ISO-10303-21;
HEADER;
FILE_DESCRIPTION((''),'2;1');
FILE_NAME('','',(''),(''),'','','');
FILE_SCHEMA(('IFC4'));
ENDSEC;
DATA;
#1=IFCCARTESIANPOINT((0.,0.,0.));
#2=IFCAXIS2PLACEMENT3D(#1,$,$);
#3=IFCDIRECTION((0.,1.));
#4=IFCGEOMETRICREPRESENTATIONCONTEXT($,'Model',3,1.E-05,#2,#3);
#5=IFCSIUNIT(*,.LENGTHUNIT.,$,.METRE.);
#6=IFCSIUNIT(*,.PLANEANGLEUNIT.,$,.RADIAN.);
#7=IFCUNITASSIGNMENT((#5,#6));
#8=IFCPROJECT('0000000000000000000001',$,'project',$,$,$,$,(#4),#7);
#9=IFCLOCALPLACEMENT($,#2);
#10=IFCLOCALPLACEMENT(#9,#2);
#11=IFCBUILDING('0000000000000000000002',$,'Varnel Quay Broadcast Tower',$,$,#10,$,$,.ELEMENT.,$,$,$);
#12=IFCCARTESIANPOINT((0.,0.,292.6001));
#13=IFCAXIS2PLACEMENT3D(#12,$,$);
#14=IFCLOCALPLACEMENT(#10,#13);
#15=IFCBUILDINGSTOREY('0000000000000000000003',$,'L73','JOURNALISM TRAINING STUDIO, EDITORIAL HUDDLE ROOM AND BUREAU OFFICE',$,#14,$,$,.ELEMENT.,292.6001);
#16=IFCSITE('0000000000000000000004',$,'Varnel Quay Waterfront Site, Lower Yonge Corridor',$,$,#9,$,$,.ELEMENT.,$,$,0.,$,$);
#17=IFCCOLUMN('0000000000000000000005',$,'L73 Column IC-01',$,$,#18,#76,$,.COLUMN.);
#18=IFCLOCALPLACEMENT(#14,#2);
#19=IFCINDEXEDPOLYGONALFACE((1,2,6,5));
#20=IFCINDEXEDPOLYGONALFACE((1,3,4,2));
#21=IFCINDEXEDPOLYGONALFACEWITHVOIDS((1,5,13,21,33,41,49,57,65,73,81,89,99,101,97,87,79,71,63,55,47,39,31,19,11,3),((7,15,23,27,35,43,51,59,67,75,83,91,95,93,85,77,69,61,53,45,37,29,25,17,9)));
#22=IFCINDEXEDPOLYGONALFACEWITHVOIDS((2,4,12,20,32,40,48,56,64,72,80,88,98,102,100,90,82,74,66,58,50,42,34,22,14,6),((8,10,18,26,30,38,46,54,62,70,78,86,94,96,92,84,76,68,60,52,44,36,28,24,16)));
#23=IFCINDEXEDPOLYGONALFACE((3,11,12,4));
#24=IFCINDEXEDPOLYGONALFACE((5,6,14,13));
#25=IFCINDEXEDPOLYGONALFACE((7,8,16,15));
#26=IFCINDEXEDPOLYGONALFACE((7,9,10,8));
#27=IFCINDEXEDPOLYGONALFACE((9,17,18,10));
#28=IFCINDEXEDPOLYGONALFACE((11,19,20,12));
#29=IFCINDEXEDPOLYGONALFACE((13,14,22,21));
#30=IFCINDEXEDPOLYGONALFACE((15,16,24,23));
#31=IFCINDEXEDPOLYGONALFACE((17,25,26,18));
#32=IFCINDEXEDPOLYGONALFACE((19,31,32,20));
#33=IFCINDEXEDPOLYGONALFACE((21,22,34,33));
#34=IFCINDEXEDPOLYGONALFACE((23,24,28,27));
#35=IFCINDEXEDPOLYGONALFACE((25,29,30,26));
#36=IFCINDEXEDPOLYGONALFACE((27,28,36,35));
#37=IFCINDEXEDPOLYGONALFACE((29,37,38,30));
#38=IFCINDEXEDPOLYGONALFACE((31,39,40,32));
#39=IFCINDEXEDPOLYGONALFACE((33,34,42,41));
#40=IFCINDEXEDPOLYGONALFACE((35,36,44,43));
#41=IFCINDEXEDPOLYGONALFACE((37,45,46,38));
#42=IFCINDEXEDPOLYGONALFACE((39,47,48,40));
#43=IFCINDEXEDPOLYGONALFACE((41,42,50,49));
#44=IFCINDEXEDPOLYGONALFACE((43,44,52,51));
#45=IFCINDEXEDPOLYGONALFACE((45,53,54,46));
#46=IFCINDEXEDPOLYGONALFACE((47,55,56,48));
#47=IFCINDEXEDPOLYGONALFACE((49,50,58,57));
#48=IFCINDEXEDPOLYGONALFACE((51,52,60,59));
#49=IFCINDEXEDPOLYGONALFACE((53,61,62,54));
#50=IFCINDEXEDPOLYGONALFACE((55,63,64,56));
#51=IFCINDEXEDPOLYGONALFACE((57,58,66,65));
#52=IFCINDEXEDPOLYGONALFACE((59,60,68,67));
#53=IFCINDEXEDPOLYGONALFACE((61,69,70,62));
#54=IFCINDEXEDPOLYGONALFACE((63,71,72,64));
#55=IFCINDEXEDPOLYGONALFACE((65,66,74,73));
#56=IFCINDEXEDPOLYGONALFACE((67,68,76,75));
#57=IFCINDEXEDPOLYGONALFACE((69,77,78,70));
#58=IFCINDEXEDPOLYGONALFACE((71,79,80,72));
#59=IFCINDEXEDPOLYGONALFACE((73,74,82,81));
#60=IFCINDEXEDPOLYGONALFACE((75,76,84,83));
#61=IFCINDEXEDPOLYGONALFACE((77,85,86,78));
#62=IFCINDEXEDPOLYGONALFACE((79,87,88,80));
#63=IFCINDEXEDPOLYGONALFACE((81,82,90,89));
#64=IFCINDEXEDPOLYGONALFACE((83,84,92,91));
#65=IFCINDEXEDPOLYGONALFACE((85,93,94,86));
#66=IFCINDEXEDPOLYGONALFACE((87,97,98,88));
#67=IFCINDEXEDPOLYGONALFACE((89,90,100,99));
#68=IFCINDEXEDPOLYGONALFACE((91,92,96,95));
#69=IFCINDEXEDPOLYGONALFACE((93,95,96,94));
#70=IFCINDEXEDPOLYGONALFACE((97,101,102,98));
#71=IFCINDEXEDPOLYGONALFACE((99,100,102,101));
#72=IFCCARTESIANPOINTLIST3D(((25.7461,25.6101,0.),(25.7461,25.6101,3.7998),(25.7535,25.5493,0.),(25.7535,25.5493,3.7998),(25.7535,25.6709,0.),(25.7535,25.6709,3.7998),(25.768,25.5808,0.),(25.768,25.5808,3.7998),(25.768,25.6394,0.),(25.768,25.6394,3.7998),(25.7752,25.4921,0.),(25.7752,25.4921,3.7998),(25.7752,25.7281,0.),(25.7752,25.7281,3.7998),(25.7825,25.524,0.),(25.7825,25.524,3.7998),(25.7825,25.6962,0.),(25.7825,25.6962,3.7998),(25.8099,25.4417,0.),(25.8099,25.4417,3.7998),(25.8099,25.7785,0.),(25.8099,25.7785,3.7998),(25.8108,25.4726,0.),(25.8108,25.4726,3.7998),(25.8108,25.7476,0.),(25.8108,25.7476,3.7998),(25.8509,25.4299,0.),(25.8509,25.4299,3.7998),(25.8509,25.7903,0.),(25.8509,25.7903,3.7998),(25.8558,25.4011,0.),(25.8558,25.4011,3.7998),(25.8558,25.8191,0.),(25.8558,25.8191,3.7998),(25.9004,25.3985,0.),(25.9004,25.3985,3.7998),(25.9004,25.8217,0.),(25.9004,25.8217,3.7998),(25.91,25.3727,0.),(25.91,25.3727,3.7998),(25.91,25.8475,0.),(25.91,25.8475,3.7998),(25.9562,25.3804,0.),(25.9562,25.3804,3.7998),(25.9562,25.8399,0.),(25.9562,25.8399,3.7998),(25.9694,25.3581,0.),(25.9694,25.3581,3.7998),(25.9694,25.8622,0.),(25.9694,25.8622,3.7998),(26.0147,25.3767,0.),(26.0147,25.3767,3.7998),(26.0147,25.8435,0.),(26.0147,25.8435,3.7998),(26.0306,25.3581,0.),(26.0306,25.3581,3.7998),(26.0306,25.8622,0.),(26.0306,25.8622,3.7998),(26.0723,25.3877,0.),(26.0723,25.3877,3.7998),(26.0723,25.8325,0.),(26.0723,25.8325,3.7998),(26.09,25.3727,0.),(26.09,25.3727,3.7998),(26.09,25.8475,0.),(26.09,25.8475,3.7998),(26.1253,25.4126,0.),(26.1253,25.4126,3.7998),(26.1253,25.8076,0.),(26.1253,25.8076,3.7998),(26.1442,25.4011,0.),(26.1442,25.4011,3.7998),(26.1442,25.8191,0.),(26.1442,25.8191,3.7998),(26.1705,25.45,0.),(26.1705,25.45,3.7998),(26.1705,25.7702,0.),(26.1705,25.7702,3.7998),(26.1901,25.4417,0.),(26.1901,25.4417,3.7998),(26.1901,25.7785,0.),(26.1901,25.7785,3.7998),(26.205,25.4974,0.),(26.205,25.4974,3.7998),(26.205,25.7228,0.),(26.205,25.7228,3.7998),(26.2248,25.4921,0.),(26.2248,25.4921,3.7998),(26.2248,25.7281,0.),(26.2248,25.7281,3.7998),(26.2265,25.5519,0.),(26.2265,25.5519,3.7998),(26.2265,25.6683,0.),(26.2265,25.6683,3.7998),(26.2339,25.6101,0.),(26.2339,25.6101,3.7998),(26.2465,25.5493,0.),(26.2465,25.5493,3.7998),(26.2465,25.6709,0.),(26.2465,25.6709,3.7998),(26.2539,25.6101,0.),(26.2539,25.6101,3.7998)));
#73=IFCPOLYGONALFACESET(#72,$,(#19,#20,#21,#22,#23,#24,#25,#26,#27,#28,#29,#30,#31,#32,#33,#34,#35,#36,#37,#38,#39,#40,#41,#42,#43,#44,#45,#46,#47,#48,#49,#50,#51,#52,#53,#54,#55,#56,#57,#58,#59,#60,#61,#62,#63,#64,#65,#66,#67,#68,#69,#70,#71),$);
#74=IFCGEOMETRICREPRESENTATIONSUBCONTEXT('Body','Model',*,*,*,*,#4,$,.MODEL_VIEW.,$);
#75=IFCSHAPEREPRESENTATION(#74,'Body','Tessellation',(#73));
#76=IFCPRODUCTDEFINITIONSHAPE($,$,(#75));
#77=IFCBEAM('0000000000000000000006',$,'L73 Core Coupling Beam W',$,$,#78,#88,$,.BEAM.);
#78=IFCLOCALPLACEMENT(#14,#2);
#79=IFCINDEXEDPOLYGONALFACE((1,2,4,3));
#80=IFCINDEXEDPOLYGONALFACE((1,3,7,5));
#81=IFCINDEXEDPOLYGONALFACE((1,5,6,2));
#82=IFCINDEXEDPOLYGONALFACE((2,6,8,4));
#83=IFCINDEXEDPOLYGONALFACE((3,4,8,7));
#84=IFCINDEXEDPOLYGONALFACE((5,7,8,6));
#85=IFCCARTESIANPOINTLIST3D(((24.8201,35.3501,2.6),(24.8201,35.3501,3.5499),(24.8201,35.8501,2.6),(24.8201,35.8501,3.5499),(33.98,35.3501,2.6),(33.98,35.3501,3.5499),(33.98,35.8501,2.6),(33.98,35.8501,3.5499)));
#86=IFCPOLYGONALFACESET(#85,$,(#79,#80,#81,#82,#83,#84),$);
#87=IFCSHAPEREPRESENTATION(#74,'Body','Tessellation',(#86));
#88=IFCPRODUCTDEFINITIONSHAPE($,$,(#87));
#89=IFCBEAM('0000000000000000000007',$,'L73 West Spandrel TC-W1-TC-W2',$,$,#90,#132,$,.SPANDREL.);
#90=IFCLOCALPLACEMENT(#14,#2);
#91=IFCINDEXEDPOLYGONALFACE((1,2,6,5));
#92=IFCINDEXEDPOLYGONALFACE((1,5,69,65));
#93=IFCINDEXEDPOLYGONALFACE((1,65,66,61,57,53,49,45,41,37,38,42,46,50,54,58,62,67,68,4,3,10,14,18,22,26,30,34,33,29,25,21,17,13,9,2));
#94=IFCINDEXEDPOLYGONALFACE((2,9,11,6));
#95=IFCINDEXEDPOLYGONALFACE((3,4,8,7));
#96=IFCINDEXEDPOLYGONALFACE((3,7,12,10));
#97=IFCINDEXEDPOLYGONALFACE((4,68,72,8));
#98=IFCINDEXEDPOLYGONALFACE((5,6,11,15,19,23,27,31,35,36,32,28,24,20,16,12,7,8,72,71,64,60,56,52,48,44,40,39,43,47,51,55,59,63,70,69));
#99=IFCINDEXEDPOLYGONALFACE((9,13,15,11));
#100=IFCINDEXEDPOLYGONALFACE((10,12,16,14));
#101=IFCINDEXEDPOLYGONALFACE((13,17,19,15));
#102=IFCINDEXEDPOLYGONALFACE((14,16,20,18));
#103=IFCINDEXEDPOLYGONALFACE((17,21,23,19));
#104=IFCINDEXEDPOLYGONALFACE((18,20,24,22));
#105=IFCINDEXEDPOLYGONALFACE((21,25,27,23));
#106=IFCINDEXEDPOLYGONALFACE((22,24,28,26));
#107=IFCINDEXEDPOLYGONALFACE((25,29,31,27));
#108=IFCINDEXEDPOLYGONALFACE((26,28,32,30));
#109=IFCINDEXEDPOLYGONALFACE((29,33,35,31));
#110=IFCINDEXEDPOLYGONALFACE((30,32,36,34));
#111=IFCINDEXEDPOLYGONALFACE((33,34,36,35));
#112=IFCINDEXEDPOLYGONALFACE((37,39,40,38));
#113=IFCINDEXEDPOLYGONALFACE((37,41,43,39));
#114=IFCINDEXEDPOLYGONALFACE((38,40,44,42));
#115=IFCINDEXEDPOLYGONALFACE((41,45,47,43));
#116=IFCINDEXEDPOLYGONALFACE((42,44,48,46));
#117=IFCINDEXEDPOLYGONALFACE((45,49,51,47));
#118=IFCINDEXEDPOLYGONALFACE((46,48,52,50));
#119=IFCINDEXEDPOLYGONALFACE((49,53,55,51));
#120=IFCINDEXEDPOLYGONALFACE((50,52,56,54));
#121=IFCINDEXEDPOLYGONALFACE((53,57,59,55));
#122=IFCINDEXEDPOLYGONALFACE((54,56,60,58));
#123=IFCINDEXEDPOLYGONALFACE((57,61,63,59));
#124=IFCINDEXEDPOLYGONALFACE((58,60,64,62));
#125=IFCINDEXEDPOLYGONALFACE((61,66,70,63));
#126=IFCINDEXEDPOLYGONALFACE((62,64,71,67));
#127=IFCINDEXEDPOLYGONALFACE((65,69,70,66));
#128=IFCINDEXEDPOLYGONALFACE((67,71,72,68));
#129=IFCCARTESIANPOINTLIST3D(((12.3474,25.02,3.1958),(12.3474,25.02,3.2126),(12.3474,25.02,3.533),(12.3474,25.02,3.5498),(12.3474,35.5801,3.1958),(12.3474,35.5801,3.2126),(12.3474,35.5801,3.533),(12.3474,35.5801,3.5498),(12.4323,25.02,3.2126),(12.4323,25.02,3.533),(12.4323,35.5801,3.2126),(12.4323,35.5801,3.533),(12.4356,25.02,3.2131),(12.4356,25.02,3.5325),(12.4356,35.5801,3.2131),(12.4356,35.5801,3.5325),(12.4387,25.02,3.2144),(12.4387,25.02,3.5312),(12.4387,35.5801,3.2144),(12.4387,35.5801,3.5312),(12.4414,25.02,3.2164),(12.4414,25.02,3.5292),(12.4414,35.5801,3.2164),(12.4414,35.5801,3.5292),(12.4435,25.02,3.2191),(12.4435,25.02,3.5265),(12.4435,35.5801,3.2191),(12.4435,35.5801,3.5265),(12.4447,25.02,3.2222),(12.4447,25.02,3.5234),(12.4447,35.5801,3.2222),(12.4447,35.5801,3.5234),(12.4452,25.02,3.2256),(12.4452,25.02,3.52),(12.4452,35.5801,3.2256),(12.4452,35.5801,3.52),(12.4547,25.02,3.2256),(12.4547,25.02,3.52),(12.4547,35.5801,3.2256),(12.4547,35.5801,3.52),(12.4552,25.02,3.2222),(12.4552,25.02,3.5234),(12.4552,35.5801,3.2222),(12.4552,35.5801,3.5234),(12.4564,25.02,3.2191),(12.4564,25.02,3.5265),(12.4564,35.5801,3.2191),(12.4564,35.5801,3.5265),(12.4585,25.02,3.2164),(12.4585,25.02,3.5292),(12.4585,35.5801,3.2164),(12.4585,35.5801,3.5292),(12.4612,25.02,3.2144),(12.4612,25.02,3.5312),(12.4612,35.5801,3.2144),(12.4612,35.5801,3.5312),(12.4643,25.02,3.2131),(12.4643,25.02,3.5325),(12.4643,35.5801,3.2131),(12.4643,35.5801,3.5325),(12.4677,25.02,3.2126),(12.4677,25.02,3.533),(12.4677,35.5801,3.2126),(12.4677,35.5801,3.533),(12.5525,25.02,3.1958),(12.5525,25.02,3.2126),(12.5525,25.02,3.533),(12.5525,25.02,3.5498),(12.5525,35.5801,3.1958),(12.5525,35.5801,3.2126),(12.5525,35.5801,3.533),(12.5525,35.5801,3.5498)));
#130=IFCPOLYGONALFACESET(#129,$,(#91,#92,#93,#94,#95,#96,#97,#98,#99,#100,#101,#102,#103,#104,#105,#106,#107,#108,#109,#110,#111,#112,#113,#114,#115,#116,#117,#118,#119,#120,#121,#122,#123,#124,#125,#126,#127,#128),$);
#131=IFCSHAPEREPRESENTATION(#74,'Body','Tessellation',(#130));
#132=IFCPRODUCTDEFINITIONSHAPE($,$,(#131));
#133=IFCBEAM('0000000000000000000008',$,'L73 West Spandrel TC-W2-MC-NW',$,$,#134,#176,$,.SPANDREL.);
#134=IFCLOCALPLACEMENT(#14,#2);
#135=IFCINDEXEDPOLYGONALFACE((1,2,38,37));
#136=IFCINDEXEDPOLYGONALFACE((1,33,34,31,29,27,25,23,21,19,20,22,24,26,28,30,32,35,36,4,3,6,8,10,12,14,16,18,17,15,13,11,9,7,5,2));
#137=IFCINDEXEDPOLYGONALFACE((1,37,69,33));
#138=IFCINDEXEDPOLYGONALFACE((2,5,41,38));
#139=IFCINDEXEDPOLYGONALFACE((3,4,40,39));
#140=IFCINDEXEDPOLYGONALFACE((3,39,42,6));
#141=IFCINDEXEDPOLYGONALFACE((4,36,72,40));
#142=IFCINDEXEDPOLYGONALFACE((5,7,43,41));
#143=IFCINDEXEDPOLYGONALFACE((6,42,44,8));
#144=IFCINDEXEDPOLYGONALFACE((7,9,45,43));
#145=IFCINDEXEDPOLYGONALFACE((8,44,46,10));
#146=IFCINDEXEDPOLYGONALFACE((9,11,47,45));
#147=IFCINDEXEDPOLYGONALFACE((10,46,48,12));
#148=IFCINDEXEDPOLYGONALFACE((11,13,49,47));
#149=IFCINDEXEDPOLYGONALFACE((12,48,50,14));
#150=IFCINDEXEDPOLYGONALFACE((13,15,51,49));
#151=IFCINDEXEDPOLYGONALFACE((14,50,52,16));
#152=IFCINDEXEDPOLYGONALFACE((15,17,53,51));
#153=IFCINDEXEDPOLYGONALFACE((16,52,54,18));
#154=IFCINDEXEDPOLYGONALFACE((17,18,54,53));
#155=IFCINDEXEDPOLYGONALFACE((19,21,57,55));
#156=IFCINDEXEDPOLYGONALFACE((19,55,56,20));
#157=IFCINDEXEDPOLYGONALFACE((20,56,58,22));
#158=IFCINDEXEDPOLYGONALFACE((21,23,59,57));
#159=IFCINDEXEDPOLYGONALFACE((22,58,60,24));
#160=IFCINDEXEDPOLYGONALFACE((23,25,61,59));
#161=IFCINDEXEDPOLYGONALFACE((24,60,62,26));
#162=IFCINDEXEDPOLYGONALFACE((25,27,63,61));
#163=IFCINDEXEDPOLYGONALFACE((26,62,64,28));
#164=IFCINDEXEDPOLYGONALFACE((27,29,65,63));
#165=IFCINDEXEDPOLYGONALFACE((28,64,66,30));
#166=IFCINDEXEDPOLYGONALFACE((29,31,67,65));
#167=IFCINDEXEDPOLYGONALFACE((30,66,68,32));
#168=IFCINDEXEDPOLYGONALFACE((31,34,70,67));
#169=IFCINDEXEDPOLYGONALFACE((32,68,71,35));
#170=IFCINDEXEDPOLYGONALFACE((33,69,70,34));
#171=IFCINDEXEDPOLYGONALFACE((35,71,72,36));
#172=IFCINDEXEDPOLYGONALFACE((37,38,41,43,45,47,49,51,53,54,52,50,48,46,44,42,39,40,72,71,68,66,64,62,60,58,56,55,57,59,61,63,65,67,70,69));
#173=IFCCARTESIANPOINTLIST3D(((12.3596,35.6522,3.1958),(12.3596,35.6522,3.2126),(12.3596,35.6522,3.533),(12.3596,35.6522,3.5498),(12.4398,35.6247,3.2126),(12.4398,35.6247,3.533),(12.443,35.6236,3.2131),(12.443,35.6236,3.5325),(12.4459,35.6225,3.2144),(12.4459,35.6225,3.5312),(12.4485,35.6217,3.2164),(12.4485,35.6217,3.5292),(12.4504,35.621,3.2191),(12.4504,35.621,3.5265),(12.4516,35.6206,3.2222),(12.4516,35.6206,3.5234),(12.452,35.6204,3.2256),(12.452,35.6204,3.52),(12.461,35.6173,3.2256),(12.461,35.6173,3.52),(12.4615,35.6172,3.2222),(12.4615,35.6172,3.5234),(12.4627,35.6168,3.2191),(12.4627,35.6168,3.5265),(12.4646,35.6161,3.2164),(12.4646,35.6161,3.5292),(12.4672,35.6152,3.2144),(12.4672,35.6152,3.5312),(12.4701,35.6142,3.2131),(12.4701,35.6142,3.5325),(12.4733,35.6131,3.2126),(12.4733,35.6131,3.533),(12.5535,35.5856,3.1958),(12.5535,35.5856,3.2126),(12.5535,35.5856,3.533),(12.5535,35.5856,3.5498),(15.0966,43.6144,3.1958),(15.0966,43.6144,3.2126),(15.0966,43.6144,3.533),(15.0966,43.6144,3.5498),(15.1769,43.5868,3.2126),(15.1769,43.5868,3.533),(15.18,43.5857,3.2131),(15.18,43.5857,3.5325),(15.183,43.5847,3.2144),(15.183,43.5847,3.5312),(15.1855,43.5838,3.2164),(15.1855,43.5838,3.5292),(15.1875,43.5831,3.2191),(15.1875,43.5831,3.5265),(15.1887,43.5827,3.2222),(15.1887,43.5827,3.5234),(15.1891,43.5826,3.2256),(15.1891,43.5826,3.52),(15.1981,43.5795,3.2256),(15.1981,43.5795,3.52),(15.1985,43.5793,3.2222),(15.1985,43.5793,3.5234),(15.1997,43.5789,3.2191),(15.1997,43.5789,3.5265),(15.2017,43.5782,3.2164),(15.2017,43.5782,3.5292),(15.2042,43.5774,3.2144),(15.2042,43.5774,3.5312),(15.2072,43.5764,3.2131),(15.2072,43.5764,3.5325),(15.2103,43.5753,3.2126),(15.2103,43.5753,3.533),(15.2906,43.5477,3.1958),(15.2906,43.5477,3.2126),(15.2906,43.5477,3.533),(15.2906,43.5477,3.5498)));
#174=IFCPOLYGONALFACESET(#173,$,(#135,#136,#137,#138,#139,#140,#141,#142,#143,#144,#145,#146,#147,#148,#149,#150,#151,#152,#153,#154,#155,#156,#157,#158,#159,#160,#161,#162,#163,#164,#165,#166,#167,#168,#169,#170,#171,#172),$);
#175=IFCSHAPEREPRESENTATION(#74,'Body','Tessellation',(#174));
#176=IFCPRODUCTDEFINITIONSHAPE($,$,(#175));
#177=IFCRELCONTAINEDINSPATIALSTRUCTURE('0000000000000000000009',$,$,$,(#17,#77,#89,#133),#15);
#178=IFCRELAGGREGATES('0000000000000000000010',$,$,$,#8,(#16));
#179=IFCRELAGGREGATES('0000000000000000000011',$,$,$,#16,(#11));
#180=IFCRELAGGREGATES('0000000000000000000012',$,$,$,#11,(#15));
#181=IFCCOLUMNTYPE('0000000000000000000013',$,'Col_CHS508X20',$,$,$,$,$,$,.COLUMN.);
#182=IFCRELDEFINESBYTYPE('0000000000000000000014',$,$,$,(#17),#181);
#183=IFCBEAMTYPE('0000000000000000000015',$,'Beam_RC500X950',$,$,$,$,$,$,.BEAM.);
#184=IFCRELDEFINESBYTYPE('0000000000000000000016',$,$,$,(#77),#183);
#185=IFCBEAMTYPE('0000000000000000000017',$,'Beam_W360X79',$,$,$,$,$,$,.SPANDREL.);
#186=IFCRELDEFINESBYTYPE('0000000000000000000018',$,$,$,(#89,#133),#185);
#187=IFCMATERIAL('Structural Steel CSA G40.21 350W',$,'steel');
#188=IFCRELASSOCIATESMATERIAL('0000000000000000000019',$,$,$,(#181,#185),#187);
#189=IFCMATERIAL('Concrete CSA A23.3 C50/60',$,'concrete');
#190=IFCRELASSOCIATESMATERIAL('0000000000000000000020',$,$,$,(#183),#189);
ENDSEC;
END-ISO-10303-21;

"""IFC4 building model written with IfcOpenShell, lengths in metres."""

from ifc_helpers import new_model, si_unit, direction, frame, origin, origin_2d, place, context, subcontext, project, spatial, rectangle, hollow_circle, i_section, extrude, source, transform, mapped, material, material_profile, profile_set, type_object, type_shapes, element, save


model = new_model("IFC4")

# Units and contexts
model_context = context("Model", 3, precision=1e-05, world=origin(), true_north=direction((0.0, 1.0)))
body_context = subcontext(model_context, "Body", "Model", "MODEL_VIEW")
ifc_project = project(units=[si_unit("LENGTHUNIT", "METRE"), si_unit("PLANEANGLEUNIT", "RADIAN")], contexts=[model_context])

# Site, building, storey
site_placement = place(None, origin())
site = spatial("IfcSite", under=ifc_project, at=site_placement, Name="Varnel Quay Waterfront Site, Lower Yonge Corridor", CompositionType="ELEMENT", RefElevation=0.0)
building_placement = place(site_placement, origin())
building = spatial("IfcBuilding", under=site, at=building_placement, Name="Varnel Quay Broadcast Tower", CompositionType="ELEMENT")
storey_placement = place(building_placement, frame((0.0, 0.0, 292.6001)))
storey = spatial("IfcBuildingStorey", under=building, at=storey_placement, Name="L73", Description="JOURNALISM TRAINING STUDIO, EDITORIAL HUDDLE ROOM AND BUREAU OFFICE", CompositionType="ELEMENT", Elevation=292.6001)

# Column
ifc_material_1 = material(Name="Structural Steel CSA G40.21 350W", Category="steel")
ifc_material_profile_1 = material_profile(ifc_material_1, hollow_circle(Radius=0.2539, WallThickness=0.02, at=origin_2d()), Name="CHS508X20")
ifc_profile_set_1 = profile_set([ifc_material_profile_1], Name="Structural Steel CSA G40.21 350W")
column_type_1 = type_object("IfcColumnType", Name="Col_CHS508X20", PredefinedType="COLUMN", material=ifc_profile_set_1)
shared_shape_1 = source(origin(), body_context, "Body", "SweptSolid", [
    extrude(hollow_circle(Radius=0.2539, WallThickness=0.02, at=origin_2d()), origin(), (0.0, 0.0, 1.0), 3.7998),
])
type_shapes(column_type_1, [shared_shape_1])
column_placement = place(storey_placement, frame((26.0, 25.6101, 0.0), z_axis=(0.0, 0.0, 1.0), x_axis=(1.0, 0.0, 0.0)))
element("IfcColumn", 1, at=column_placement, inside=storey, type_object=column_type_1, Name="L73 Column IC-01", PredefinedType="COLUMN", context=body_context, shape_type="MappedRepresentation", body=[
    mapped(shared_shape_1, transform((0.0, 0.0, 0.0), x_axis=(1.0, 0.0, 0.0), y_axis=(0.0, 1.0, 0.0), z_axis=(0.0, 0.0, 1.0), scale=1.0)),
])

# Beams
ifc_material_2 = material(Name="Concrete CSA A23.3 C50/60", Category="concrete")
ifc_material_profile_2 = material_profile(ifc_material_2, rectangle(XDim=0.5, YDim=0.95, at=origin_2d()), Name="RC500X950")
ifc_profile_set_2 = profile_set([ifc_material_profile_2], Name="Concrete CSA A23.3 C50/60")
beam_type_1 = type_object("IfcBeamType", Name="Beam_RC500X950", PredefinedType="BEAM", material=ifc_profile_set_2)
shared_shape_2 = source(origin(), body_context, "Body", "SweptSolid", [
    extrude(rectangle(XDim=0.5, YDim=0.95, at=origin_2d()), origin(), (0.0, 0.0, 1.0), 9.1599),
])
type_shapes(beam_type_1, [shared_shape_2])
beam_1_placement = place(storey_placement, frame((24.8201, 35.6001, 3.075), z_axis=(1.0, 0.0, 0.0), x_axis=(0.0, 1.0, 0.0)))
element("IfcBeam", 2, at=beam_1_placement, inside=storey, type_object=beam_type_1, Name="L73 Core Coupling Beam W", PredefinedType="BEAM", context=body_context, shape_type="MappedRepresentation", body=[
    mapped(shared_shape_2, transform((0.0, 0.0, 0.0), x_axis=(1.0, 0.0, 0.0), y_axis=(0.0, 1.0, 0.0), z_axis=(0.0, 0.0, 1.0), scale=1.0)),
])
ifc_material_profile_3 = material_profile(ifc_material_1, i_section(OverallWidth=0.2051, OverallDepth=0.354, WebThickness=0.0095, FlangeThickness=0.0168, FilletRadius=0.0129, at=origin_2d()), Name="W360X79")
ifc_profile_set_3 = profile_set([ifc_material_profile_3], Name="Structural Steel CSA G40.21 350W")
beam_type_2 = type_object("IfcBeamType", Name="Beam_W360X79", PredefinedType="SPANDREL", material=ifc_profile_set_3)
shared_shape_3 = source(origin(), body_context, "Body", "SweptSolid", [
    extrude(i_section(OverallWidth=0.2051, OverallDepth=0.354, WebThickness=0.0095, FlangeThickness=0.0168, FilletRadius=0.0129, at=origin_2d()), origin(), (0.0, 0.0, 1.0), 10.5601),
])
beam_2_placement = place(storey_placement, frame((12.45, 25.02, 3.3728), z_axis=(0.0, 1.0, 0.0), x_axis=(-1.0, 0.0, 0.0)))
element("IfcBeam", 3, at=beam_2_placement, inside=storey, type_object=beam_type_2, Name="L73 West Spandrel TC-W1-TC-W2", PredefinedType="SPANDREL", context=body_context, shape_type="MappedRepresentation", body=[
    mapped(shared_shape_3, transform((0.0, 0.0, 0.0), x_axis=(1.0, 0.0, 0.0), y_axis=(0.0, 1.0, 0.0), z_axis=(0.0, 0.0, 1.0), scale=1.0)),
])
shared_shape_4 = source(origin(), body_context, "Body", "SweptSolid", [
    extrude(i_section(OverallWidth=0.2051, OverallDepth=0.354, WebThickness=0.0095, FlangeThickness=0.0168, FilletRadius=0.0129, at=origin_2d()), origin(), (0.0, 0.0, 1.0), 8.4194),
])
type_shapes(beam_type_2, [shared_shape_3, shared_shape_4])
beam_3_placement = place(storey_placement, frame((12.4565, 35.6189, 3.3728), z_axis=(0.325087, 0.945684, 0.0), x_axis=(-0.945684, 0.325087, 0.0)))
element("IfcBeam", 4, at=beam_3_placement, inside=storey, type_object=beam_type_2, Name="L73 West Spandrel TC-W2-MC-NW", PredefinedType="SPANDREL", context=body_context, shape_type="MappedRepresentation", body=[
    mapped(shared_shape_4, transform((0.0, 0.0, 0.0), x_axis=(1.0, 0.0, 0.0), y_axis=(0.0, 1.0, 0.0), z_axis=(0.0, 0.0, 1.0), scale=1.0)),
])

save(model, "model.ifc")
